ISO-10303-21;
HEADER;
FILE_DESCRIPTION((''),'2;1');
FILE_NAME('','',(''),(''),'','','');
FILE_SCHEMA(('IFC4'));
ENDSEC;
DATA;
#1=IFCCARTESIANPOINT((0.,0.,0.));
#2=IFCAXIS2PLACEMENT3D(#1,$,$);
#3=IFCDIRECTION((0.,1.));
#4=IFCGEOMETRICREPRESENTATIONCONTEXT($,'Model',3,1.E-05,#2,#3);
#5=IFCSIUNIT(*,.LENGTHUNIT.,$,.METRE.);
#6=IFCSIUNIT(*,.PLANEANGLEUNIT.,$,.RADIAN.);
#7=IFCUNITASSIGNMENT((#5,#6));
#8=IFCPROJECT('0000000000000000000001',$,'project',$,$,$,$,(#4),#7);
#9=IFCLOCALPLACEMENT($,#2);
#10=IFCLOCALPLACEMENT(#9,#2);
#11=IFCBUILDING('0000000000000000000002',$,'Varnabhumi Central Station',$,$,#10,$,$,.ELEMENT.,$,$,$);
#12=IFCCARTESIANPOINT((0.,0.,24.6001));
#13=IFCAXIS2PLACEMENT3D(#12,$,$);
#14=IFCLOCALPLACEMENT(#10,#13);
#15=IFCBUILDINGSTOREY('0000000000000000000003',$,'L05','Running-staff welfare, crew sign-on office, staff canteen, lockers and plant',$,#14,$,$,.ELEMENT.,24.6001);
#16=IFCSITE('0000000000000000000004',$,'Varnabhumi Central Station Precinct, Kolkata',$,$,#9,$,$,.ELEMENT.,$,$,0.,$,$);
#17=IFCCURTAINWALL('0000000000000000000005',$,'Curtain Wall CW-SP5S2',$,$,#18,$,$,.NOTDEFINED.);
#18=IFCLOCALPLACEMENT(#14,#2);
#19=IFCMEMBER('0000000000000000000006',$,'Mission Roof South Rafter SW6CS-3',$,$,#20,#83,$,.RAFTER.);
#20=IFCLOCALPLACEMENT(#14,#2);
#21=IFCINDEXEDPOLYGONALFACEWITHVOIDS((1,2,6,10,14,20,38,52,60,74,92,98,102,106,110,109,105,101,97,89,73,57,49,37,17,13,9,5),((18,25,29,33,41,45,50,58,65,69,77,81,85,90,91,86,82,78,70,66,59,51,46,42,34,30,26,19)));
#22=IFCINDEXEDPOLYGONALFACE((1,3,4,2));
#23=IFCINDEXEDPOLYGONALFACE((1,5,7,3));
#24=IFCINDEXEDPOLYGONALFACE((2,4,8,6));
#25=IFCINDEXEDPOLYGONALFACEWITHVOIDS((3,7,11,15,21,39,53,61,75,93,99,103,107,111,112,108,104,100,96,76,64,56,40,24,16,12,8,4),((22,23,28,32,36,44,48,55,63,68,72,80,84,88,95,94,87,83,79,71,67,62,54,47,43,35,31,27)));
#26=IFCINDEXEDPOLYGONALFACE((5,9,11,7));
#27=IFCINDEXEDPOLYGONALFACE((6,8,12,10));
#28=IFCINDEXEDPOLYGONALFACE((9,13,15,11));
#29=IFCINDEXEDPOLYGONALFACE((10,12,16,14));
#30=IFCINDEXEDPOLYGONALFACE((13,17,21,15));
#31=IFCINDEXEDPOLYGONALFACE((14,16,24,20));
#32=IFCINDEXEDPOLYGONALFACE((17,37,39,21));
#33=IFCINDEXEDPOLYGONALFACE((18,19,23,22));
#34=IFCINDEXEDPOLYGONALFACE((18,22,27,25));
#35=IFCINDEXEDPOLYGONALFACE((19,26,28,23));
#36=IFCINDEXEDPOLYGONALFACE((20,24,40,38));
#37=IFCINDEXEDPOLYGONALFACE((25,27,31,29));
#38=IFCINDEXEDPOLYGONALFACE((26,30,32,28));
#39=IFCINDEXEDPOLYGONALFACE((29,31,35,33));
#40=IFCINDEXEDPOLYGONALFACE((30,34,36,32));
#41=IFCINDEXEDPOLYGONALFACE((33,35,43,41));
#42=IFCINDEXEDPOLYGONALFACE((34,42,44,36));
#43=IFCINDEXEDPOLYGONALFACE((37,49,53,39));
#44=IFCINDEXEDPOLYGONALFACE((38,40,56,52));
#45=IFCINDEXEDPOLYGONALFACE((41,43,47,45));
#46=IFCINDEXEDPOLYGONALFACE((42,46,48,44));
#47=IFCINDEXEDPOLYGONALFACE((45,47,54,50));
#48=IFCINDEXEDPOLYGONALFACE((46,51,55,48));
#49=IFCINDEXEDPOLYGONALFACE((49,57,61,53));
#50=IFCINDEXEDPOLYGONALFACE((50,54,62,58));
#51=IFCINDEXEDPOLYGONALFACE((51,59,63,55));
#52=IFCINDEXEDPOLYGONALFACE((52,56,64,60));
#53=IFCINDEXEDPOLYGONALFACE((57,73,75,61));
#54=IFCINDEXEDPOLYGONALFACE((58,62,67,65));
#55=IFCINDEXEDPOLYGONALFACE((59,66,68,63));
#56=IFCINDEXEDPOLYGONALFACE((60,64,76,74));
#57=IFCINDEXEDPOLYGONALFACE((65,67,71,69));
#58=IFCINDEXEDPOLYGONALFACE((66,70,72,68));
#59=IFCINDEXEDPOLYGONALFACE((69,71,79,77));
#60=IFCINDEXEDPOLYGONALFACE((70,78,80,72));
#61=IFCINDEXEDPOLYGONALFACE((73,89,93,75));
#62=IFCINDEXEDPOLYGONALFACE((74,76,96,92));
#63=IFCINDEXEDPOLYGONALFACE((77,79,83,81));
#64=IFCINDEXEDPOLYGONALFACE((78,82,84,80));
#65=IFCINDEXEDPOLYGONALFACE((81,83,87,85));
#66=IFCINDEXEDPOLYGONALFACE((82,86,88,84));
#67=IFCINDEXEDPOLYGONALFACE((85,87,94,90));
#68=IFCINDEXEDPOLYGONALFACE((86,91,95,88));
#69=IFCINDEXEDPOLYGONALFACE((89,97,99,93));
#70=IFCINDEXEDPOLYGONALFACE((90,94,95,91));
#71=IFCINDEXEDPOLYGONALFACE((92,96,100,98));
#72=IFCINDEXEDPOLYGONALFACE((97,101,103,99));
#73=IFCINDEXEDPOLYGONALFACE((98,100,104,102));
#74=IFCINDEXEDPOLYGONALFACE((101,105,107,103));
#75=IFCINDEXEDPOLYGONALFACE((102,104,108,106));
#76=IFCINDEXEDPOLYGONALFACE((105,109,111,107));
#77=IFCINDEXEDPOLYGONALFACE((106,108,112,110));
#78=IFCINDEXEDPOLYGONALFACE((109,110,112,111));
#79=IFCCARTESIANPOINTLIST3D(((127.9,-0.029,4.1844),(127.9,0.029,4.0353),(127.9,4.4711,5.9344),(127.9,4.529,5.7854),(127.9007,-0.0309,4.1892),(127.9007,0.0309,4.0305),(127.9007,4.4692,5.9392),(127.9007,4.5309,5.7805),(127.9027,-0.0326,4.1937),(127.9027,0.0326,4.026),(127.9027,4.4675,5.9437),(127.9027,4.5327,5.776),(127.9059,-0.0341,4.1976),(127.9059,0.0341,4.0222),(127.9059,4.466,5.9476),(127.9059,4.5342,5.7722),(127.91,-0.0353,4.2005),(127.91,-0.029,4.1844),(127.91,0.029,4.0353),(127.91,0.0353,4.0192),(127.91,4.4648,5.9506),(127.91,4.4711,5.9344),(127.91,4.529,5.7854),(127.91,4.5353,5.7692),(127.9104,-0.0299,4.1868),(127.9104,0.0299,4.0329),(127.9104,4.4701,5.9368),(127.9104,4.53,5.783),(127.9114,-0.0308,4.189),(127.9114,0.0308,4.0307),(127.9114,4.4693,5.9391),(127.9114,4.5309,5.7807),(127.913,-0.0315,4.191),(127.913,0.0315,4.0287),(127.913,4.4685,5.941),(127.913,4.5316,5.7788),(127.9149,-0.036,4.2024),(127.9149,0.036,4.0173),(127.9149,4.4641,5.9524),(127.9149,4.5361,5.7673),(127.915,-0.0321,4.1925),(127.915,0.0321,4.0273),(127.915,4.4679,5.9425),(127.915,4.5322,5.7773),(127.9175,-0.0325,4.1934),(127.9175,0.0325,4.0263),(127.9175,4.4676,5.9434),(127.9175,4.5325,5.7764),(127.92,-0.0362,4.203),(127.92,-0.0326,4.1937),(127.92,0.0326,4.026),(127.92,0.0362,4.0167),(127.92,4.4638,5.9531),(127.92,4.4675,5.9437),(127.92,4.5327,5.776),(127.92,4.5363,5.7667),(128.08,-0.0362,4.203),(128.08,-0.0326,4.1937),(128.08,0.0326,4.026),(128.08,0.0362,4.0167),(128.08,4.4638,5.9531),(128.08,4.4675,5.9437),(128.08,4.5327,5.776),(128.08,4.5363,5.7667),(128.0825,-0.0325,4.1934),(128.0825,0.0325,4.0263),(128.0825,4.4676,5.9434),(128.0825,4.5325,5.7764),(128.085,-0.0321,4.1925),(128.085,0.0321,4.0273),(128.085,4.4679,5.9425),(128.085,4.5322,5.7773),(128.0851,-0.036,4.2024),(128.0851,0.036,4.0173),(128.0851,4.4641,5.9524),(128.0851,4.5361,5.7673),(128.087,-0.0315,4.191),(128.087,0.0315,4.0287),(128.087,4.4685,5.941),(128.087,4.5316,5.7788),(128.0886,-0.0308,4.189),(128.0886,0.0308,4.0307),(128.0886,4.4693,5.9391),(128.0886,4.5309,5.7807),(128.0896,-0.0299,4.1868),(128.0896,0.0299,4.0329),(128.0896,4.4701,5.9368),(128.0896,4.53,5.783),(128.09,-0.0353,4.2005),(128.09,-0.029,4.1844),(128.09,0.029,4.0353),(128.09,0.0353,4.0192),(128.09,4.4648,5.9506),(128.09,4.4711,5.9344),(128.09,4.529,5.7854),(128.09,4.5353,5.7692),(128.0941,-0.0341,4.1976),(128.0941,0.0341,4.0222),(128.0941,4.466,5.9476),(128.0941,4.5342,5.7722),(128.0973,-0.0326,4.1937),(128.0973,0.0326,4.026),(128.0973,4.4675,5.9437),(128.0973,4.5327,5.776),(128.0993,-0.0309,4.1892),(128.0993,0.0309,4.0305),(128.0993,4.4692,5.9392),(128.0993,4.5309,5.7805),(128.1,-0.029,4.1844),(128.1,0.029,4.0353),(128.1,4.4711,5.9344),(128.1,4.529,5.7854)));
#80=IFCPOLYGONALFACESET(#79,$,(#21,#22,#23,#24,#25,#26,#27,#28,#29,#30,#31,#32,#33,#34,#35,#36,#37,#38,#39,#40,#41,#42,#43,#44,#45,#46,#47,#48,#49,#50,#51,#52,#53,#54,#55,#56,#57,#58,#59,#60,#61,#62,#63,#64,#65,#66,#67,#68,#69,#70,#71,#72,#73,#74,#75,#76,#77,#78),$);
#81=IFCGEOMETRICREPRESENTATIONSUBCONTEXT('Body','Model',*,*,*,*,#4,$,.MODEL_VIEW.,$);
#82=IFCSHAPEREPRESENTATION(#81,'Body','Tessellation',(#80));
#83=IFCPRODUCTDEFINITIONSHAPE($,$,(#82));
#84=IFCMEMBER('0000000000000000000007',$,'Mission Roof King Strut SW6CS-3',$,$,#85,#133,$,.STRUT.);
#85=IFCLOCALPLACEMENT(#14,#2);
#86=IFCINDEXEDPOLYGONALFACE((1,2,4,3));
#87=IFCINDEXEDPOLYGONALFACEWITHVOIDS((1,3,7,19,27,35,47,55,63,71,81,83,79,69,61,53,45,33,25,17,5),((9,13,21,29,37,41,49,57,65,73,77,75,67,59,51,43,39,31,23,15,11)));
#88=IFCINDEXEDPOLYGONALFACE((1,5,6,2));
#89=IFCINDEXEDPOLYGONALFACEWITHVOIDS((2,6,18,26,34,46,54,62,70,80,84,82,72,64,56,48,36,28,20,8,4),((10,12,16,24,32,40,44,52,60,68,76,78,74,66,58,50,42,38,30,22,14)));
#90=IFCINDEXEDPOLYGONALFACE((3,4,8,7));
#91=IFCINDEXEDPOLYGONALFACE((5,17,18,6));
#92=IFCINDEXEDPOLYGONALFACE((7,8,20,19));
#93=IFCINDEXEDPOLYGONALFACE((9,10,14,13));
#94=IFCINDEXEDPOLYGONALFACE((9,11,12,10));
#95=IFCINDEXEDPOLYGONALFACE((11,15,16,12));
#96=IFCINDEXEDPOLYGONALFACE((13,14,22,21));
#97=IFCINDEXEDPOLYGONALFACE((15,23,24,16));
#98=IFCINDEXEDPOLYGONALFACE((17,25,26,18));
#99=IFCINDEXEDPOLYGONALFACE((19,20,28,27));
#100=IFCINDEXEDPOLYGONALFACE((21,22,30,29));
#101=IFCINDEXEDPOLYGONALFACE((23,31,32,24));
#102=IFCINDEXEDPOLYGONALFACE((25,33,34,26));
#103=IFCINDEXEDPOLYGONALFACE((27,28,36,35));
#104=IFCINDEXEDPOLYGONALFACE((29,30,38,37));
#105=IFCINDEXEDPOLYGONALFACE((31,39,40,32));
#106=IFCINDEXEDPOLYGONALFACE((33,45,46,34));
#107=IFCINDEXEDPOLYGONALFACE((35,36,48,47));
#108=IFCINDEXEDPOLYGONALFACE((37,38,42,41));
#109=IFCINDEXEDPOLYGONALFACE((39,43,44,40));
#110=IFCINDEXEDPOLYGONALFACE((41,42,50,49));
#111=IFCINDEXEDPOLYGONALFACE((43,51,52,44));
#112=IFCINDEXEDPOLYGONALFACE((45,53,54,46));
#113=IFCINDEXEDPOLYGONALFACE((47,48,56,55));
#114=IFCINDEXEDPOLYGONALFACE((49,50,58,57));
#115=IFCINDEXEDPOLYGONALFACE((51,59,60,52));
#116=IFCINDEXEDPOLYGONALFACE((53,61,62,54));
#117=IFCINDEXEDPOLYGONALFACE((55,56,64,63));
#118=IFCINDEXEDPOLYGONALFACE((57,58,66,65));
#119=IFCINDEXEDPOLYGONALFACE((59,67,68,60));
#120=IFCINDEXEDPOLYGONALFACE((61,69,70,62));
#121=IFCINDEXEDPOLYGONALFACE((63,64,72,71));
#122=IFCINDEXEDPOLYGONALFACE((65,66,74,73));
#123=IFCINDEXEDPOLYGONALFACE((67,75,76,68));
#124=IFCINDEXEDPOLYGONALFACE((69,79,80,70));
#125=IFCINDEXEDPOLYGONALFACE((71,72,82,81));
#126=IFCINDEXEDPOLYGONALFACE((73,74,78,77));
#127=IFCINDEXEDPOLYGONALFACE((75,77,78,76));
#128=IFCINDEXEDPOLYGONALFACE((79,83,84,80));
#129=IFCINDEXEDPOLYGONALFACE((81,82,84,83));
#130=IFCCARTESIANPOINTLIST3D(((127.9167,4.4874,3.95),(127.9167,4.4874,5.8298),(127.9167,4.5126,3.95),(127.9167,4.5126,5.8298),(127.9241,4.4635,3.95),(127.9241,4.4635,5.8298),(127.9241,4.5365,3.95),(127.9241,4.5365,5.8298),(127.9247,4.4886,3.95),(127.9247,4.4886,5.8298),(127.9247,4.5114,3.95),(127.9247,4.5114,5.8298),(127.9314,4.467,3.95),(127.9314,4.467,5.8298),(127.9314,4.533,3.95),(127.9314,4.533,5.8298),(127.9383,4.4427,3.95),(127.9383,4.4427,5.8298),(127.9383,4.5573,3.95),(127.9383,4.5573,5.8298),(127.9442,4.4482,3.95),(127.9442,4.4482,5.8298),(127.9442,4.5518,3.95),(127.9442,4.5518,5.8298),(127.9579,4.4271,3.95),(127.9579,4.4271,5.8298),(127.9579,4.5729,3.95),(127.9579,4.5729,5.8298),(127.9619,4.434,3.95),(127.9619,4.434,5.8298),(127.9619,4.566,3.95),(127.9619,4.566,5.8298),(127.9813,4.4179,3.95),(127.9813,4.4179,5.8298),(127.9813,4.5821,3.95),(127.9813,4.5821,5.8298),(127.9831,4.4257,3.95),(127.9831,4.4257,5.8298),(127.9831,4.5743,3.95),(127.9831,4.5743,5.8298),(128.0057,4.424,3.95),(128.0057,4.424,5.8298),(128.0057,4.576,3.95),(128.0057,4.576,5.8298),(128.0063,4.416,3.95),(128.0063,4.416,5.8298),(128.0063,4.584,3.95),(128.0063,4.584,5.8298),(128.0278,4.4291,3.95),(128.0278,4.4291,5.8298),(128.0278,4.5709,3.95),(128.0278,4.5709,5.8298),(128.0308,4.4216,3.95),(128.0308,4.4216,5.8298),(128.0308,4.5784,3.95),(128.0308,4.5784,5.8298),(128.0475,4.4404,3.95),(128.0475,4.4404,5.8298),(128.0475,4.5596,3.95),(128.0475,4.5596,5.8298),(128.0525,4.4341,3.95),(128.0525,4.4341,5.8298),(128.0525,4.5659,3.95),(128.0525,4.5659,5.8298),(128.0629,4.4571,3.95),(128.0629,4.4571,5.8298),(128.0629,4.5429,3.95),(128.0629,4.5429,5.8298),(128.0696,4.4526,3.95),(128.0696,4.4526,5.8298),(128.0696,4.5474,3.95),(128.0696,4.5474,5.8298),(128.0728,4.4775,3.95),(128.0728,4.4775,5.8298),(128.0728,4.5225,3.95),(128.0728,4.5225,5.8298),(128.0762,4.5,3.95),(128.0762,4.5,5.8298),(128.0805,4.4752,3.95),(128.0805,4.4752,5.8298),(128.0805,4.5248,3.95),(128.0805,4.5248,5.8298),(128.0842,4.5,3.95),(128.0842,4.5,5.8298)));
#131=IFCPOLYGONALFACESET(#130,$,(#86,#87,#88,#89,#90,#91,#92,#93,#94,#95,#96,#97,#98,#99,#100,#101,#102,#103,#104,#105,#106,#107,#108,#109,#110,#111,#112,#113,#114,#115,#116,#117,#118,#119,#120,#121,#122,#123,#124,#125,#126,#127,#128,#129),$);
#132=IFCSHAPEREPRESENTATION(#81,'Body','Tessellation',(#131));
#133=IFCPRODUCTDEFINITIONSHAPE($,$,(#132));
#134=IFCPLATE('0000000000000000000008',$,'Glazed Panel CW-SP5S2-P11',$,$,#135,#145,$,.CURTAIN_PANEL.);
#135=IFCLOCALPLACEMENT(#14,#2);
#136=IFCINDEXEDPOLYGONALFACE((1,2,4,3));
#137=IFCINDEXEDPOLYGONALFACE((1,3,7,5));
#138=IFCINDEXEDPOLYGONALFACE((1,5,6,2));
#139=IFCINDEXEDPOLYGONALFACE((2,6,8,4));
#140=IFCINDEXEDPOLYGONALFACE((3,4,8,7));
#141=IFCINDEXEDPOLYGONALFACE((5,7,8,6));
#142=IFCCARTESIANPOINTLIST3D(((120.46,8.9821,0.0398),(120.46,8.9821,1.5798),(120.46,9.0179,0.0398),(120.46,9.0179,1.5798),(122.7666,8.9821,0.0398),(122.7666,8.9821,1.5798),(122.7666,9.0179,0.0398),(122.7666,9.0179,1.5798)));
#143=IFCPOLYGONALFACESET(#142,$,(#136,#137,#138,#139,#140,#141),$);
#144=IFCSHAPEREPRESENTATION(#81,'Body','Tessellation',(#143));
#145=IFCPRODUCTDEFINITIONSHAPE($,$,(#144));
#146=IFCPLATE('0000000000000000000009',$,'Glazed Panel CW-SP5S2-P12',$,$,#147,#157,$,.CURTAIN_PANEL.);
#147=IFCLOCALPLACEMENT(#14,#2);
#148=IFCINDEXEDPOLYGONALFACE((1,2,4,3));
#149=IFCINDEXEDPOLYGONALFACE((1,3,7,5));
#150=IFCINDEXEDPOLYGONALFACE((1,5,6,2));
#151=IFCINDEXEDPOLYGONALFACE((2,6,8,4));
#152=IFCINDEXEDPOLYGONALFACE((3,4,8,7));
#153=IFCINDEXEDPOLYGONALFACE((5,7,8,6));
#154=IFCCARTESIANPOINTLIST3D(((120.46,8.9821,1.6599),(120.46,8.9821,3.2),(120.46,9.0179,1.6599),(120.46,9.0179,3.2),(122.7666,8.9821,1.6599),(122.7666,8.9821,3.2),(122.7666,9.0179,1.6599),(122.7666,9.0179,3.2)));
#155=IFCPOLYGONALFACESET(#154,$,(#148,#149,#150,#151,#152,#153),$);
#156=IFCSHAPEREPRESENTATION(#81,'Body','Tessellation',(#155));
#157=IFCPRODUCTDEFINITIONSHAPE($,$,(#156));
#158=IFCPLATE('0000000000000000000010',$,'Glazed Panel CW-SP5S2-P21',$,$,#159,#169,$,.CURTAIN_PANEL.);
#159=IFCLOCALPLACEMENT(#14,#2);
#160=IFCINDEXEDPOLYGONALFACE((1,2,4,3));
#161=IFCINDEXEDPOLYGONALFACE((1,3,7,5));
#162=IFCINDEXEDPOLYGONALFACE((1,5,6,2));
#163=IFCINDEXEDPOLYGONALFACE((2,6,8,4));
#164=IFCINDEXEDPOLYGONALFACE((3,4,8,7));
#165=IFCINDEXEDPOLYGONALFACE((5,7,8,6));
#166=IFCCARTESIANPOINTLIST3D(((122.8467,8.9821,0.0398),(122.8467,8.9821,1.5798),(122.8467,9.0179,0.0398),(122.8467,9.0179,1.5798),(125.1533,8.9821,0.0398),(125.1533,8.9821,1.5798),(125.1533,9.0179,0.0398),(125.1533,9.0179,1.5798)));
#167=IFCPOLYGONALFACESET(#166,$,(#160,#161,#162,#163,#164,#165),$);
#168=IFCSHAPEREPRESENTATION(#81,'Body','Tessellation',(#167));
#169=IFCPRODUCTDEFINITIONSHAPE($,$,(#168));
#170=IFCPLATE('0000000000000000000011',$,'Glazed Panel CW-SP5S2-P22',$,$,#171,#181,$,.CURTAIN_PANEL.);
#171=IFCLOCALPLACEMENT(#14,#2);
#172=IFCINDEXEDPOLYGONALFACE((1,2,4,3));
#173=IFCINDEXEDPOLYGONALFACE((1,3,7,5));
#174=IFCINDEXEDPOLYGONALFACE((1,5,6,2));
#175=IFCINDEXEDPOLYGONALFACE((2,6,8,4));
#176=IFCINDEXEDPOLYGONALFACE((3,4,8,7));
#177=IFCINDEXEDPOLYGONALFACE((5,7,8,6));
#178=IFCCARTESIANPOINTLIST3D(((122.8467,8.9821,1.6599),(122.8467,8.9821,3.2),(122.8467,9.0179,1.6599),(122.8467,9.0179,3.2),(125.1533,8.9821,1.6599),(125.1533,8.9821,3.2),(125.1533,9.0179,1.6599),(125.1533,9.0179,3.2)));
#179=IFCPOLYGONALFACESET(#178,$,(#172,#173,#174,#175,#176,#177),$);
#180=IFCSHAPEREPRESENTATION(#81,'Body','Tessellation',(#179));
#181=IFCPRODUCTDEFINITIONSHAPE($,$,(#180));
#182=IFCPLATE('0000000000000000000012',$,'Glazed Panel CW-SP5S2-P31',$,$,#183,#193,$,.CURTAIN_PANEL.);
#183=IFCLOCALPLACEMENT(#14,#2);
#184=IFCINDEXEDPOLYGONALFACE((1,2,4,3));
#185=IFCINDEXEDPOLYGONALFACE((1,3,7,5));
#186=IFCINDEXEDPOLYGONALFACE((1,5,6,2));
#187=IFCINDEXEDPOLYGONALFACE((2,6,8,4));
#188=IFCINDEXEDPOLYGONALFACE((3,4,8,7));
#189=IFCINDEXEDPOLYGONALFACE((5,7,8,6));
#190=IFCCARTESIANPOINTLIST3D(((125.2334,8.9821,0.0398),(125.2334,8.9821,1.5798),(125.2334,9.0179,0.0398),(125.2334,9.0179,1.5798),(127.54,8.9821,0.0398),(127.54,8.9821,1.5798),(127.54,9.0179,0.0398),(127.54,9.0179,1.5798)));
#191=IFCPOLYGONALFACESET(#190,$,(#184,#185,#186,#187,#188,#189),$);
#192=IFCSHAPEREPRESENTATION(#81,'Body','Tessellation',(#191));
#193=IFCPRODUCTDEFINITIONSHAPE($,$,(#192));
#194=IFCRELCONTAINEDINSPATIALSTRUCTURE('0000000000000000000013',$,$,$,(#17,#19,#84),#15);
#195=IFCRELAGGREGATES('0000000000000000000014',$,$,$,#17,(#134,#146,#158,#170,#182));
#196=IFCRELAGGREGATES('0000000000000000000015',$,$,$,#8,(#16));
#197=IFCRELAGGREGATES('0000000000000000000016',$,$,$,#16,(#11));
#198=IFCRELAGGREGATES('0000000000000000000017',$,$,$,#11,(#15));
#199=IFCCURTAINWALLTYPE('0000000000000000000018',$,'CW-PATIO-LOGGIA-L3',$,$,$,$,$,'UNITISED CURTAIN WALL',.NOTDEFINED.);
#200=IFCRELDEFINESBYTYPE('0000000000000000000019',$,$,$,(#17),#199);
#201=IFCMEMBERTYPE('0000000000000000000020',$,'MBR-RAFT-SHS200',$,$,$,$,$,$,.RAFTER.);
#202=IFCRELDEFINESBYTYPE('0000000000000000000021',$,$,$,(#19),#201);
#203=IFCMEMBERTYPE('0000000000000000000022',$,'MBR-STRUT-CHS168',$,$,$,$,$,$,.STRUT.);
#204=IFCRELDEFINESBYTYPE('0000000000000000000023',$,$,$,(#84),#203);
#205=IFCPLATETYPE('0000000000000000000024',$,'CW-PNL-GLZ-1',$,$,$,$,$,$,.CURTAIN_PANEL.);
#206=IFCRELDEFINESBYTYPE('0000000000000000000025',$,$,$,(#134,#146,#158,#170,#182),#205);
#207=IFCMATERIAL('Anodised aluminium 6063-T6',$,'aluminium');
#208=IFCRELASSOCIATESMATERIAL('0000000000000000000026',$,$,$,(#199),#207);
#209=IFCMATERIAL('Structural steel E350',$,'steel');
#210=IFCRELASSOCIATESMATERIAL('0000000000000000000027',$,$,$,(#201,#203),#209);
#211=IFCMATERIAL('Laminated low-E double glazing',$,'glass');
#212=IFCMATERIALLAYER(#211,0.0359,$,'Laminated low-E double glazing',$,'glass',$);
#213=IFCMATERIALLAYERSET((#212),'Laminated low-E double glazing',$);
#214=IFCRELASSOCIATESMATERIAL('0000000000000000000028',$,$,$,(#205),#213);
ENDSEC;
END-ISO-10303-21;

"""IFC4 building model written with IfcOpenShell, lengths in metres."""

from ifc_helpers import new_model, si_unit, direction, frame, origin, origin_2d, place, context, subcontext, project, spatial, rectangle, hollow_rectangle, hollow_circle, extrude, material, layer, layer_set, material_profile, profile_set, type_object, element, aggregate, save


model = new_model("IFC4")

# Units and contexts
model_context = context("Model", 3, precision=1e-05, world=origin(), true_north=direction((0.0, 1.0)))
body_context = subcontext(model_context, "Body", "Model", "MODEL_VIEW")
ifc_project = project(units=[si_unit("LENGTHUNIT", "METRE"), si_unit("PLANEANGLEUNIT", "RADIAN")], contexts=[model_context])

# Site, building, storey
site_placement = place(None, origin())
site = spatial("IfcSite", under=ifc_project, at=site_placement, Name="Varnabhumi Central Station Precinct, Kolkata", CompositionType="ELEMENT", RefElevation=0.0)
building_placement = place(site_placement, origin())
building = spatial("IfcBuilding", under=site, at=building_placement, Name="Varnabhumi Central Station", CompositionType="ELEMENT")
storey_placement = place(building_placement, frame((0.0, 0.0, 24.6001)))
storey = spatial("IfcBuildingStorey", under=building, at=storey_placement, Name="L05", Description="Running-staff welfare, crew sign-on office, staff canteen, lockers and plant", CompositionType="ELEMENT", Elevation=24.6001)

# Shared definitions
ifc_material_1 = material(Name="Structural steel E350", Category="steel")

# Curtain wall
ifc_material_2 = material(Name="Anodised aluminium 6063-T6", Category="aluminium")
curtain_wall_type = type_object("IfcCurtainWallType", Name="CW-PATIO-LOGGIA-L3", ElementType="UNITISED CURTAIN WALL", PredefinedType="NOTDEFINED", material=ifc_material_2)
curtain_wall_placement = place(storey_placement, origin())
curtain_wall = element("IfcCurtainWall", 1, at=curtain_wall_placement, inside=storey, type_object=curtain_wall_type, Name="Curtain Wall CW-SP5S2", PredefinedType="NOTDEFINED")

# Members
ifc_material_profile_1 = material_profile(ifc_material_1, hollow_rectangle(XDim=0.2, YDim=0.2, WallThickness=0.01, InnerFilletRadius=0.01, OuterFilletRadius=0.02, at=origin_2d()), Name="Structural steel E350", Category="steel")
ifc_profile_set_1 = profile_set([ifc_material_profile_1], Name="Structural steel E350")
member_type_1 = type_object("IfcMemberType", Name="MBR-RAFT-SHS200", PredefinedType="RAFTER", material=ifc_profile_set_1)
for number, where, z_axis, x_axis, name in (
    (2, (128.0, 0.0, 4.1099), (0.0, 0.932005, 0.362446), (-1.0, 0.0, 0.0), "Mission Roof South Rafter SW6CS-3"),
):
    element("IfcMember", number, at=place(storey_placement, frame(where, z_axis=z_axis, x_axis=x_axis)), inside=storey, type_object=member_type_1, Name=name, PredefinedType="RAFTER", context=body_context, shape_type="SweptSolid", body=[
        extrude(hollow_rectangle(XDim=0.2, YDim=0.2, WallThickness=0.01, InnerFilletRadius=0.01, OuterFilletRadius=0.02, at=origin_2d()), origin(), (0.0, 0.0, 1.0), 4.8284),
    ])
ifc_material_profile_2 = material_profile(ifc_material_1, hollow_circle(Radius=0.0842, WallThickness=0.0081, at=origin_2d()), Name="Structural steel E350", Category="steel")
ifc_profile_set_2 = profile_set([ifc_material_profile_2], Name="Structural steel E350")
member_type_2 = type_object("IfcMemberType", Name="MBR-STRUT-CHS168", PredefinedType="STRUT", material=ifc_profile_set_2)
member_1_placement = place(storey_placement, frame((128.0, 4.5, 3.95), z_axis=(0.0, 0.0, 1.0), x_axis=(1.0, 0.0, 0.0)))
element("IfcMember", 3, at=member_1_placement, inside=storey, type_object=member_type_2, Name="Mission Roof King Strut SW6CS-3", PredefinedType="STRUT", context=body_context, shape_type="SweptSolid", body=[
    extrude(hollow_circle(Radius=0.0842, WallThickness=0.0081, at=origin_2d()), origin(), (0.0, 0.0, 1.0), 1.8799),
])

# Plates
ifc_material_3 = material(Name="Laminated low-E double glazing", Category="glass")
ifc_layer_1 = layer(ifc_material_3, 0.0359, Name="Laminated low-E double glazing", Category="glass")
ifc_layer_set_1 = layer_set([ifc_layer_1], Name="Laminated low-E double glazing")
plate_type_1 = type_object("IfcPlateType", Name="CW-PNL-GLZ-1", PredefinedType="CURTAIN_PANEL", material=ifc_layer_set_1)
plate_1_placement = place(storey_placement, frame((121.6133, 9.0, 0.0398), z_axis=(0.0, 0.0, 1.0), x_axis=(1.0, 0.0, 0.0)))
plate_1 = element("IfcPlate", 4, at=plate_1_placement, type_object=plate_type_1, Name="Glazed Panel CW-SP5S2-P11", PredefinedType="CURTAIN_PANEL", context=body_context, shape_type="SweptSolid", body=[
    extrude(rectangle(XDim=2.3066, YDim=0.0359, at=origin_2d()), origin(), (0.0, 0.0, 1.0), 1.54),
])
plate_2_placement = place(storey_placement, frame((121.6133, 9.0, 1.6599), z_axis=(0.0, 0.0, 1.0), x_axis=(1.0, 0.0, 0.0)))
plate_2 = element("IfcPlate", 5, at=plate_2_placement, type_object=plate_type_1, Name="Glazed Panel CW-SP5S2-P12", PredefinedType="CURTAIN_PANEL", context=body_context, shape_type="SweptSolid", body=[
    extrude(rectangle(XDim=2.3066, YDim=0.0359, at=origin_2d()), origin(), (0.0, 0.0, 1.0), 1.54),
])
plate_3_placement = place(storey_placement, frame((124.0, 9.0, 0.0398), z_axis=(0.0, 0.0, 1.0), x_axis=(1.0, 0.0, 0.0)))
plate_3 = element("IfcPlate", 6, at=plate_3_placement, type_object=plate_type_1, Name="Glazed Panel CW-SP5S2-P21", PredefinedType="CURTAIN_PANEL", context=body_context, shape_type="SweptSolid", body=[
    extrude(rectangle(XDim=2.3066, YDim=0.0359, at=origin_2d()), origin(), (0.0, 0.0, 1.0), 1.54),
])
plate_4_placement = place(storey_placement, frame((124.0, 9.0, 1.6599), z_axis=(0.0, 0.0, 1.0), x_axis=(1.0, 0.0, 0.0)))
plate_4 = element("IfcPlate", 7, at=plate_4_placement, type_object=plate_type_1, Name="Glazed Panel CW-SP5S2-P22", PredefinedType="CURTAIN_PANEL", context=body_context, shape_type="SweptSolid", body=[
    extrude(rectangle(XDim=2.3066, YDim=0.0359, at=origin_2d()), origin(), (0.0, 0.0, 1.0), 1.54),
])
plate_5_placement = place(storey_placement, frame((126.3867, 9.0, 0.0398), z_axis=(0.0, 0.0, 1.0), x_axis=(1.0, 0.0, 0.0)))
plate_5 = element("IfcPlate", 8, at=plate_5_placement, type_object=plate_type_1, Name="Glazed Panel CW-SP5S2-P31", PredefinedType="CURTAIN_PANEL", context=body_context, shape_type="SweptSolid", body=[
    extrude(rectangle(XDim=2.3066, YDim=0.0359, at=origin_2d()), origin(), (0.0, 0.0, 1.0), 1.54),
])
aggregate(curtain_wall, [plate_1, plate_2, plate_3, plate_4, plate_5])

save(model, "model.ifc")
